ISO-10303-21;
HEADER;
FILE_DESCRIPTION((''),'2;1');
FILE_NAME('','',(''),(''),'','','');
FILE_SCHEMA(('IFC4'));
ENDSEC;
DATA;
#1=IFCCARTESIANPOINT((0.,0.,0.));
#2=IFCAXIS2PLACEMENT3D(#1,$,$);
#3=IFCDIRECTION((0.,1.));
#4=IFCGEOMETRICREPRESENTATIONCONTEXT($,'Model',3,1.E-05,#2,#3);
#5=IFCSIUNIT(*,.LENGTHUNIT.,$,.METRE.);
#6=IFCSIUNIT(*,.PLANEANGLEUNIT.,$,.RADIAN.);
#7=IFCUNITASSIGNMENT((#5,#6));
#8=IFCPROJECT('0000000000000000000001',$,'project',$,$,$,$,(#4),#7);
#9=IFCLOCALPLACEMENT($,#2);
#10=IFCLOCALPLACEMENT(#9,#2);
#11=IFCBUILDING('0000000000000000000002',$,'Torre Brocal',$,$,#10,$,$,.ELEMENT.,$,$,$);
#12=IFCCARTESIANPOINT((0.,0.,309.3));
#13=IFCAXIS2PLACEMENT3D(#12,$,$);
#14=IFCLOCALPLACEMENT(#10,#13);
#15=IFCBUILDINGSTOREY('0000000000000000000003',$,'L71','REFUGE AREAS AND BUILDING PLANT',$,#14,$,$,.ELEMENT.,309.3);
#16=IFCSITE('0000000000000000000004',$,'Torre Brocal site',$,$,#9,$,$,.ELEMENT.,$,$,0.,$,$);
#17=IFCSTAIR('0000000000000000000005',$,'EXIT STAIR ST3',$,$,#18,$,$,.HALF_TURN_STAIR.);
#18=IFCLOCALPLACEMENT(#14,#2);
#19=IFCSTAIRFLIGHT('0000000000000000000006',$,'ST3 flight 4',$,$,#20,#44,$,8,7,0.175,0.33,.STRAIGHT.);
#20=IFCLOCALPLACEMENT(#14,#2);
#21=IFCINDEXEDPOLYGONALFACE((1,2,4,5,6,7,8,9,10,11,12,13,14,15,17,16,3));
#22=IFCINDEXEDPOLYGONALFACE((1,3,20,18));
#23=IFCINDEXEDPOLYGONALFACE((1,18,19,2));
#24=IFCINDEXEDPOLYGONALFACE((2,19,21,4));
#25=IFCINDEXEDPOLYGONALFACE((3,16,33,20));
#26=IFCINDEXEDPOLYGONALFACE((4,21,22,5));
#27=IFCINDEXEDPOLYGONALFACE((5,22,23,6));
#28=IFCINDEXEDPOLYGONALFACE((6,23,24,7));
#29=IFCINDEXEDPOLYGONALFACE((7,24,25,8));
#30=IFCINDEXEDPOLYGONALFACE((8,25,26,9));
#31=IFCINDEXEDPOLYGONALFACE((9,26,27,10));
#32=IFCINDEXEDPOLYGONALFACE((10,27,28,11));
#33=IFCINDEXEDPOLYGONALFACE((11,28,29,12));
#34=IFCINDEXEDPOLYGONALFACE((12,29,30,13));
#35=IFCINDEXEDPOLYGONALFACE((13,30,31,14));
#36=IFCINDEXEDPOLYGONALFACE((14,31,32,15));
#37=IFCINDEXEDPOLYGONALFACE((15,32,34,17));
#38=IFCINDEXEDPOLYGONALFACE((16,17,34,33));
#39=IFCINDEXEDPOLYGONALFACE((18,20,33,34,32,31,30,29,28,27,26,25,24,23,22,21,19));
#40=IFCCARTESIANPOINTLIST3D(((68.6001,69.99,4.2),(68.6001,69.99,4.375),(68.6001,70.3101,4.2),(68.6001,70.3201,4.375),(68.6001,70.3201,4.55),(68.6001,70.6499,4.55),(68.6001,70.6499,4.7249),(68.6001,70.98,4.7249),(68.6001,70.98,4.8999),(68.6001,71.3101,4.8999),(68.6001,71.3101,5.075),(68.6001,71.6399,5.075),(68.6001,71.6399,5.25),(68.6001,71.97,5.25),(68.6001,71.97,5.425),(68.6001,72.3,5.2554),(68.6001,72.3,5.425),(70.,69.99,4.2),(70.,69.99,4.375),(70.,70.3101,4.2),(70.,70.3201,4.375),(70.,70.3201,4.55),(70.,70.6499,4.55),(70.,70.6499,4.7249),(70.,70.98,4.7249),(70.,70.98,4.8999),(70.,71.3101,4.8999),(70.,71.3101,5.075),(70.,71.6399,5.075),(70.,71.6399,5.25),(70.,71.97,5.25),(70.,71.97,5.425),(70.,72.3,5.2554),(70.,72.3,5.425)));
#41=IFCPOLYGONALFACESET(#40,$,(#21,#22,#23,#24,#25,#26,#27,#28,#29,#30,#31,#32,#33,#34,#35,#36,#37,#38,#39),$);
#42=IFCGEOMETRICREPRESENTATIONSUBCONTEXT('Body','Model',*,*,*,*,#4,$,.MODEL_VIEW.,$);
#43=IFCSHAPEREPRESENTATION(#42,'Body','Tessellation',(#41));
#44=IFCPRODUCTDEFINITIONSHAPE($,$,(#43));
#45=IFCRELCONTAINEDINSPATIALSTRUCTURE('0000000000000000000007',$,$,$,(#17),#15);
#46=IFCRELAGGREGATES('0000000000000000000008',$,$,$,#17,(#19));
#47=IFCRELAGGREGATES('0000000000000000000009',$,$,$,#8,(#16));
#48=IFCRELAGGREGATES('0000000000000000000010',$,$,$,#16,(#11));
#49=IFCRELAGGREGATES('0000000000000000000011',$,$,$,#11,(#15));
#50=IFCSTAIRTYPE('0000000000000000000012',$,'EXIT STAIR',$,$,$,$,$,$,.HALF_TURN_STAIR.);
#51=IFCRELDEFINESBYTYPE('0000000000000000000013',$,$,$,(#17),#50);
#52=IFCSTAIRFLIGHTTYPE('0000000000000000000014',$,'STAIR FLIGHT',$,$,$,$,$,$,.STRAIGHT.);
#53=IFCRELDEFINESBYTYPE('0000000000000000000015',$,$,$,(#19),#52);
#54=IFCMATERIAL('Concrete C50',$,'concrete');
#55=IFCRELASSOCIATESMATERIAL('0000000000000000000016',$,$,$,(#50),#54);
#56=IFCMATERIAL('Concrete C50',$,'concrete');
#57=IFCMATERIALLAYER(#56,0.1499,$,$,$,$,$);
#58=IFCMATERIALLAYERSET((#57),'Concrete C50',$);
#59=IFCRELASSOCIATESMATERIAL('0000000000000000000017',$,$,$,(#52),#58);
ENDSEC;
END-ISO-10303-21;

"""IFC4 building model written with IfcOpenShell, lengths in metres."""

from ifc_helpers import new_model, si_unit, direction, frame, origin, place, context, subcontext, project, spatial, polyline, outline, extrude, material, layer, layer_set, type_object, element, aggregate, save


model = new_model("IFC4")

# Units and contexts
model_context = context("Model", 3, precision=1e-05, world=origin(), true_north=direction((0.0, 1.0)))
body_context = subcontext(model_context, "Body", "Model", "MODEL_VIEW")
ifc_project = project(units=[si_unit("LENGTHUNIT", "METRE"), si_unit("PLANEANGLEUNIT", "RADIAN")], contexts=[model_context])

# Site, building, storey
site_placement = place(None, origin())
site = spatial("IfcSite", under=ifc_project, at=site_placement, Name="Torre Brocal site", CompositionType="ELEMENT", RefElevation=0.0)
building_placement = place(site_placement, origin())
building = spatial("IfcBuilding", under=site, at=building_placement, Name="Torre Brocal", CompositionType="ELEMENT")
storey_placement = place(building_placement, frame((0.0, 0.0, 309.3)))
storey = spatial("IfcBuildingStorey", under=building, at=storey_placement, Name="L71", Description="REFUGE AREAS AND BUILDING PLANT", CompositionType="ELEMENT", Elevation=309.3)

# Stair, stair flight
ifc_material_1 = material(Name="Concrete C50", Category="concrete")
stair_type = type_object("IfcStairType", Name="EXIT STAIR", PredefinedType="HALF_TURN_STAIR", material=ifc_material_1)
stair_placement = place(storey_placement, origin())
stair = element("IfcStair", 1, at=stair_placement, inside=storey, type_object=stair_type, Name="EXIT STAIR ST3", PredefinedType="HALF_TURN_STAIR")
ifc_material_2 = material(Name="Concrete C50", Category="concrete")
ifc_layer_1 = layer(ifc_material_2, 0.1499)
ifc_layer_set_1 = layer_set([ifc_layer_1], Name="Concrete C50")
stair_flight_type = type_object("IfcStairFlightType", Name="STAIR FLIGHT", PredefinedType="STRAIGHT", material=ifc_layer_set_1)
stair_flight_1_placement = place(storey_placement, frame((69.3, 69.99, 4.2), z_axis=(0.0, 0.0, 1.0), x_axis=(0.0, 1.0, 0.0)))
stair_flight_1 = element("IfcStairFlight", 2, at=stair_flight_1_placement, type_object=stair_flight_type, Name="ST3 flight 4", NumberOfRisers=8, NumberOfTreads=7, PredefinedType="STRAIGHT", RiserHeight=0.175, TreadLength=0.33, context=body_context, shape_type="SweptSolid", body=[
    extrude(outline(polyline([(0.0, 0.0), (0.0, 0.175), (0.3301, 0.175), (0.3301, 0.3501), (0.6599, 0.3501), (0.6599, 0.5249), (0.99, 0.5249), (0.99, 0.7), (1.3201, 0.7), (1.3201, 0.875), (1.6499, 0.875), (1.6499, 1.05), (1.98, 1.05), (1.98, 1.2251), (2.3101, 1.2251), (2.3101, 1.3999), (2.3101, 1.0554), (0.3201, 0.0), (0.0, 0.0)])), frame((0.0, 0.7, 0.0), z_axis=(0.0, -1.0, 0.0), x_axis=(1.0, 0.0, 0.0)), (0.0, 0.0, 1.0), 1.3999),
])
aggregate(stair, [stair_flight_1])

save(model, "model.ifc")
